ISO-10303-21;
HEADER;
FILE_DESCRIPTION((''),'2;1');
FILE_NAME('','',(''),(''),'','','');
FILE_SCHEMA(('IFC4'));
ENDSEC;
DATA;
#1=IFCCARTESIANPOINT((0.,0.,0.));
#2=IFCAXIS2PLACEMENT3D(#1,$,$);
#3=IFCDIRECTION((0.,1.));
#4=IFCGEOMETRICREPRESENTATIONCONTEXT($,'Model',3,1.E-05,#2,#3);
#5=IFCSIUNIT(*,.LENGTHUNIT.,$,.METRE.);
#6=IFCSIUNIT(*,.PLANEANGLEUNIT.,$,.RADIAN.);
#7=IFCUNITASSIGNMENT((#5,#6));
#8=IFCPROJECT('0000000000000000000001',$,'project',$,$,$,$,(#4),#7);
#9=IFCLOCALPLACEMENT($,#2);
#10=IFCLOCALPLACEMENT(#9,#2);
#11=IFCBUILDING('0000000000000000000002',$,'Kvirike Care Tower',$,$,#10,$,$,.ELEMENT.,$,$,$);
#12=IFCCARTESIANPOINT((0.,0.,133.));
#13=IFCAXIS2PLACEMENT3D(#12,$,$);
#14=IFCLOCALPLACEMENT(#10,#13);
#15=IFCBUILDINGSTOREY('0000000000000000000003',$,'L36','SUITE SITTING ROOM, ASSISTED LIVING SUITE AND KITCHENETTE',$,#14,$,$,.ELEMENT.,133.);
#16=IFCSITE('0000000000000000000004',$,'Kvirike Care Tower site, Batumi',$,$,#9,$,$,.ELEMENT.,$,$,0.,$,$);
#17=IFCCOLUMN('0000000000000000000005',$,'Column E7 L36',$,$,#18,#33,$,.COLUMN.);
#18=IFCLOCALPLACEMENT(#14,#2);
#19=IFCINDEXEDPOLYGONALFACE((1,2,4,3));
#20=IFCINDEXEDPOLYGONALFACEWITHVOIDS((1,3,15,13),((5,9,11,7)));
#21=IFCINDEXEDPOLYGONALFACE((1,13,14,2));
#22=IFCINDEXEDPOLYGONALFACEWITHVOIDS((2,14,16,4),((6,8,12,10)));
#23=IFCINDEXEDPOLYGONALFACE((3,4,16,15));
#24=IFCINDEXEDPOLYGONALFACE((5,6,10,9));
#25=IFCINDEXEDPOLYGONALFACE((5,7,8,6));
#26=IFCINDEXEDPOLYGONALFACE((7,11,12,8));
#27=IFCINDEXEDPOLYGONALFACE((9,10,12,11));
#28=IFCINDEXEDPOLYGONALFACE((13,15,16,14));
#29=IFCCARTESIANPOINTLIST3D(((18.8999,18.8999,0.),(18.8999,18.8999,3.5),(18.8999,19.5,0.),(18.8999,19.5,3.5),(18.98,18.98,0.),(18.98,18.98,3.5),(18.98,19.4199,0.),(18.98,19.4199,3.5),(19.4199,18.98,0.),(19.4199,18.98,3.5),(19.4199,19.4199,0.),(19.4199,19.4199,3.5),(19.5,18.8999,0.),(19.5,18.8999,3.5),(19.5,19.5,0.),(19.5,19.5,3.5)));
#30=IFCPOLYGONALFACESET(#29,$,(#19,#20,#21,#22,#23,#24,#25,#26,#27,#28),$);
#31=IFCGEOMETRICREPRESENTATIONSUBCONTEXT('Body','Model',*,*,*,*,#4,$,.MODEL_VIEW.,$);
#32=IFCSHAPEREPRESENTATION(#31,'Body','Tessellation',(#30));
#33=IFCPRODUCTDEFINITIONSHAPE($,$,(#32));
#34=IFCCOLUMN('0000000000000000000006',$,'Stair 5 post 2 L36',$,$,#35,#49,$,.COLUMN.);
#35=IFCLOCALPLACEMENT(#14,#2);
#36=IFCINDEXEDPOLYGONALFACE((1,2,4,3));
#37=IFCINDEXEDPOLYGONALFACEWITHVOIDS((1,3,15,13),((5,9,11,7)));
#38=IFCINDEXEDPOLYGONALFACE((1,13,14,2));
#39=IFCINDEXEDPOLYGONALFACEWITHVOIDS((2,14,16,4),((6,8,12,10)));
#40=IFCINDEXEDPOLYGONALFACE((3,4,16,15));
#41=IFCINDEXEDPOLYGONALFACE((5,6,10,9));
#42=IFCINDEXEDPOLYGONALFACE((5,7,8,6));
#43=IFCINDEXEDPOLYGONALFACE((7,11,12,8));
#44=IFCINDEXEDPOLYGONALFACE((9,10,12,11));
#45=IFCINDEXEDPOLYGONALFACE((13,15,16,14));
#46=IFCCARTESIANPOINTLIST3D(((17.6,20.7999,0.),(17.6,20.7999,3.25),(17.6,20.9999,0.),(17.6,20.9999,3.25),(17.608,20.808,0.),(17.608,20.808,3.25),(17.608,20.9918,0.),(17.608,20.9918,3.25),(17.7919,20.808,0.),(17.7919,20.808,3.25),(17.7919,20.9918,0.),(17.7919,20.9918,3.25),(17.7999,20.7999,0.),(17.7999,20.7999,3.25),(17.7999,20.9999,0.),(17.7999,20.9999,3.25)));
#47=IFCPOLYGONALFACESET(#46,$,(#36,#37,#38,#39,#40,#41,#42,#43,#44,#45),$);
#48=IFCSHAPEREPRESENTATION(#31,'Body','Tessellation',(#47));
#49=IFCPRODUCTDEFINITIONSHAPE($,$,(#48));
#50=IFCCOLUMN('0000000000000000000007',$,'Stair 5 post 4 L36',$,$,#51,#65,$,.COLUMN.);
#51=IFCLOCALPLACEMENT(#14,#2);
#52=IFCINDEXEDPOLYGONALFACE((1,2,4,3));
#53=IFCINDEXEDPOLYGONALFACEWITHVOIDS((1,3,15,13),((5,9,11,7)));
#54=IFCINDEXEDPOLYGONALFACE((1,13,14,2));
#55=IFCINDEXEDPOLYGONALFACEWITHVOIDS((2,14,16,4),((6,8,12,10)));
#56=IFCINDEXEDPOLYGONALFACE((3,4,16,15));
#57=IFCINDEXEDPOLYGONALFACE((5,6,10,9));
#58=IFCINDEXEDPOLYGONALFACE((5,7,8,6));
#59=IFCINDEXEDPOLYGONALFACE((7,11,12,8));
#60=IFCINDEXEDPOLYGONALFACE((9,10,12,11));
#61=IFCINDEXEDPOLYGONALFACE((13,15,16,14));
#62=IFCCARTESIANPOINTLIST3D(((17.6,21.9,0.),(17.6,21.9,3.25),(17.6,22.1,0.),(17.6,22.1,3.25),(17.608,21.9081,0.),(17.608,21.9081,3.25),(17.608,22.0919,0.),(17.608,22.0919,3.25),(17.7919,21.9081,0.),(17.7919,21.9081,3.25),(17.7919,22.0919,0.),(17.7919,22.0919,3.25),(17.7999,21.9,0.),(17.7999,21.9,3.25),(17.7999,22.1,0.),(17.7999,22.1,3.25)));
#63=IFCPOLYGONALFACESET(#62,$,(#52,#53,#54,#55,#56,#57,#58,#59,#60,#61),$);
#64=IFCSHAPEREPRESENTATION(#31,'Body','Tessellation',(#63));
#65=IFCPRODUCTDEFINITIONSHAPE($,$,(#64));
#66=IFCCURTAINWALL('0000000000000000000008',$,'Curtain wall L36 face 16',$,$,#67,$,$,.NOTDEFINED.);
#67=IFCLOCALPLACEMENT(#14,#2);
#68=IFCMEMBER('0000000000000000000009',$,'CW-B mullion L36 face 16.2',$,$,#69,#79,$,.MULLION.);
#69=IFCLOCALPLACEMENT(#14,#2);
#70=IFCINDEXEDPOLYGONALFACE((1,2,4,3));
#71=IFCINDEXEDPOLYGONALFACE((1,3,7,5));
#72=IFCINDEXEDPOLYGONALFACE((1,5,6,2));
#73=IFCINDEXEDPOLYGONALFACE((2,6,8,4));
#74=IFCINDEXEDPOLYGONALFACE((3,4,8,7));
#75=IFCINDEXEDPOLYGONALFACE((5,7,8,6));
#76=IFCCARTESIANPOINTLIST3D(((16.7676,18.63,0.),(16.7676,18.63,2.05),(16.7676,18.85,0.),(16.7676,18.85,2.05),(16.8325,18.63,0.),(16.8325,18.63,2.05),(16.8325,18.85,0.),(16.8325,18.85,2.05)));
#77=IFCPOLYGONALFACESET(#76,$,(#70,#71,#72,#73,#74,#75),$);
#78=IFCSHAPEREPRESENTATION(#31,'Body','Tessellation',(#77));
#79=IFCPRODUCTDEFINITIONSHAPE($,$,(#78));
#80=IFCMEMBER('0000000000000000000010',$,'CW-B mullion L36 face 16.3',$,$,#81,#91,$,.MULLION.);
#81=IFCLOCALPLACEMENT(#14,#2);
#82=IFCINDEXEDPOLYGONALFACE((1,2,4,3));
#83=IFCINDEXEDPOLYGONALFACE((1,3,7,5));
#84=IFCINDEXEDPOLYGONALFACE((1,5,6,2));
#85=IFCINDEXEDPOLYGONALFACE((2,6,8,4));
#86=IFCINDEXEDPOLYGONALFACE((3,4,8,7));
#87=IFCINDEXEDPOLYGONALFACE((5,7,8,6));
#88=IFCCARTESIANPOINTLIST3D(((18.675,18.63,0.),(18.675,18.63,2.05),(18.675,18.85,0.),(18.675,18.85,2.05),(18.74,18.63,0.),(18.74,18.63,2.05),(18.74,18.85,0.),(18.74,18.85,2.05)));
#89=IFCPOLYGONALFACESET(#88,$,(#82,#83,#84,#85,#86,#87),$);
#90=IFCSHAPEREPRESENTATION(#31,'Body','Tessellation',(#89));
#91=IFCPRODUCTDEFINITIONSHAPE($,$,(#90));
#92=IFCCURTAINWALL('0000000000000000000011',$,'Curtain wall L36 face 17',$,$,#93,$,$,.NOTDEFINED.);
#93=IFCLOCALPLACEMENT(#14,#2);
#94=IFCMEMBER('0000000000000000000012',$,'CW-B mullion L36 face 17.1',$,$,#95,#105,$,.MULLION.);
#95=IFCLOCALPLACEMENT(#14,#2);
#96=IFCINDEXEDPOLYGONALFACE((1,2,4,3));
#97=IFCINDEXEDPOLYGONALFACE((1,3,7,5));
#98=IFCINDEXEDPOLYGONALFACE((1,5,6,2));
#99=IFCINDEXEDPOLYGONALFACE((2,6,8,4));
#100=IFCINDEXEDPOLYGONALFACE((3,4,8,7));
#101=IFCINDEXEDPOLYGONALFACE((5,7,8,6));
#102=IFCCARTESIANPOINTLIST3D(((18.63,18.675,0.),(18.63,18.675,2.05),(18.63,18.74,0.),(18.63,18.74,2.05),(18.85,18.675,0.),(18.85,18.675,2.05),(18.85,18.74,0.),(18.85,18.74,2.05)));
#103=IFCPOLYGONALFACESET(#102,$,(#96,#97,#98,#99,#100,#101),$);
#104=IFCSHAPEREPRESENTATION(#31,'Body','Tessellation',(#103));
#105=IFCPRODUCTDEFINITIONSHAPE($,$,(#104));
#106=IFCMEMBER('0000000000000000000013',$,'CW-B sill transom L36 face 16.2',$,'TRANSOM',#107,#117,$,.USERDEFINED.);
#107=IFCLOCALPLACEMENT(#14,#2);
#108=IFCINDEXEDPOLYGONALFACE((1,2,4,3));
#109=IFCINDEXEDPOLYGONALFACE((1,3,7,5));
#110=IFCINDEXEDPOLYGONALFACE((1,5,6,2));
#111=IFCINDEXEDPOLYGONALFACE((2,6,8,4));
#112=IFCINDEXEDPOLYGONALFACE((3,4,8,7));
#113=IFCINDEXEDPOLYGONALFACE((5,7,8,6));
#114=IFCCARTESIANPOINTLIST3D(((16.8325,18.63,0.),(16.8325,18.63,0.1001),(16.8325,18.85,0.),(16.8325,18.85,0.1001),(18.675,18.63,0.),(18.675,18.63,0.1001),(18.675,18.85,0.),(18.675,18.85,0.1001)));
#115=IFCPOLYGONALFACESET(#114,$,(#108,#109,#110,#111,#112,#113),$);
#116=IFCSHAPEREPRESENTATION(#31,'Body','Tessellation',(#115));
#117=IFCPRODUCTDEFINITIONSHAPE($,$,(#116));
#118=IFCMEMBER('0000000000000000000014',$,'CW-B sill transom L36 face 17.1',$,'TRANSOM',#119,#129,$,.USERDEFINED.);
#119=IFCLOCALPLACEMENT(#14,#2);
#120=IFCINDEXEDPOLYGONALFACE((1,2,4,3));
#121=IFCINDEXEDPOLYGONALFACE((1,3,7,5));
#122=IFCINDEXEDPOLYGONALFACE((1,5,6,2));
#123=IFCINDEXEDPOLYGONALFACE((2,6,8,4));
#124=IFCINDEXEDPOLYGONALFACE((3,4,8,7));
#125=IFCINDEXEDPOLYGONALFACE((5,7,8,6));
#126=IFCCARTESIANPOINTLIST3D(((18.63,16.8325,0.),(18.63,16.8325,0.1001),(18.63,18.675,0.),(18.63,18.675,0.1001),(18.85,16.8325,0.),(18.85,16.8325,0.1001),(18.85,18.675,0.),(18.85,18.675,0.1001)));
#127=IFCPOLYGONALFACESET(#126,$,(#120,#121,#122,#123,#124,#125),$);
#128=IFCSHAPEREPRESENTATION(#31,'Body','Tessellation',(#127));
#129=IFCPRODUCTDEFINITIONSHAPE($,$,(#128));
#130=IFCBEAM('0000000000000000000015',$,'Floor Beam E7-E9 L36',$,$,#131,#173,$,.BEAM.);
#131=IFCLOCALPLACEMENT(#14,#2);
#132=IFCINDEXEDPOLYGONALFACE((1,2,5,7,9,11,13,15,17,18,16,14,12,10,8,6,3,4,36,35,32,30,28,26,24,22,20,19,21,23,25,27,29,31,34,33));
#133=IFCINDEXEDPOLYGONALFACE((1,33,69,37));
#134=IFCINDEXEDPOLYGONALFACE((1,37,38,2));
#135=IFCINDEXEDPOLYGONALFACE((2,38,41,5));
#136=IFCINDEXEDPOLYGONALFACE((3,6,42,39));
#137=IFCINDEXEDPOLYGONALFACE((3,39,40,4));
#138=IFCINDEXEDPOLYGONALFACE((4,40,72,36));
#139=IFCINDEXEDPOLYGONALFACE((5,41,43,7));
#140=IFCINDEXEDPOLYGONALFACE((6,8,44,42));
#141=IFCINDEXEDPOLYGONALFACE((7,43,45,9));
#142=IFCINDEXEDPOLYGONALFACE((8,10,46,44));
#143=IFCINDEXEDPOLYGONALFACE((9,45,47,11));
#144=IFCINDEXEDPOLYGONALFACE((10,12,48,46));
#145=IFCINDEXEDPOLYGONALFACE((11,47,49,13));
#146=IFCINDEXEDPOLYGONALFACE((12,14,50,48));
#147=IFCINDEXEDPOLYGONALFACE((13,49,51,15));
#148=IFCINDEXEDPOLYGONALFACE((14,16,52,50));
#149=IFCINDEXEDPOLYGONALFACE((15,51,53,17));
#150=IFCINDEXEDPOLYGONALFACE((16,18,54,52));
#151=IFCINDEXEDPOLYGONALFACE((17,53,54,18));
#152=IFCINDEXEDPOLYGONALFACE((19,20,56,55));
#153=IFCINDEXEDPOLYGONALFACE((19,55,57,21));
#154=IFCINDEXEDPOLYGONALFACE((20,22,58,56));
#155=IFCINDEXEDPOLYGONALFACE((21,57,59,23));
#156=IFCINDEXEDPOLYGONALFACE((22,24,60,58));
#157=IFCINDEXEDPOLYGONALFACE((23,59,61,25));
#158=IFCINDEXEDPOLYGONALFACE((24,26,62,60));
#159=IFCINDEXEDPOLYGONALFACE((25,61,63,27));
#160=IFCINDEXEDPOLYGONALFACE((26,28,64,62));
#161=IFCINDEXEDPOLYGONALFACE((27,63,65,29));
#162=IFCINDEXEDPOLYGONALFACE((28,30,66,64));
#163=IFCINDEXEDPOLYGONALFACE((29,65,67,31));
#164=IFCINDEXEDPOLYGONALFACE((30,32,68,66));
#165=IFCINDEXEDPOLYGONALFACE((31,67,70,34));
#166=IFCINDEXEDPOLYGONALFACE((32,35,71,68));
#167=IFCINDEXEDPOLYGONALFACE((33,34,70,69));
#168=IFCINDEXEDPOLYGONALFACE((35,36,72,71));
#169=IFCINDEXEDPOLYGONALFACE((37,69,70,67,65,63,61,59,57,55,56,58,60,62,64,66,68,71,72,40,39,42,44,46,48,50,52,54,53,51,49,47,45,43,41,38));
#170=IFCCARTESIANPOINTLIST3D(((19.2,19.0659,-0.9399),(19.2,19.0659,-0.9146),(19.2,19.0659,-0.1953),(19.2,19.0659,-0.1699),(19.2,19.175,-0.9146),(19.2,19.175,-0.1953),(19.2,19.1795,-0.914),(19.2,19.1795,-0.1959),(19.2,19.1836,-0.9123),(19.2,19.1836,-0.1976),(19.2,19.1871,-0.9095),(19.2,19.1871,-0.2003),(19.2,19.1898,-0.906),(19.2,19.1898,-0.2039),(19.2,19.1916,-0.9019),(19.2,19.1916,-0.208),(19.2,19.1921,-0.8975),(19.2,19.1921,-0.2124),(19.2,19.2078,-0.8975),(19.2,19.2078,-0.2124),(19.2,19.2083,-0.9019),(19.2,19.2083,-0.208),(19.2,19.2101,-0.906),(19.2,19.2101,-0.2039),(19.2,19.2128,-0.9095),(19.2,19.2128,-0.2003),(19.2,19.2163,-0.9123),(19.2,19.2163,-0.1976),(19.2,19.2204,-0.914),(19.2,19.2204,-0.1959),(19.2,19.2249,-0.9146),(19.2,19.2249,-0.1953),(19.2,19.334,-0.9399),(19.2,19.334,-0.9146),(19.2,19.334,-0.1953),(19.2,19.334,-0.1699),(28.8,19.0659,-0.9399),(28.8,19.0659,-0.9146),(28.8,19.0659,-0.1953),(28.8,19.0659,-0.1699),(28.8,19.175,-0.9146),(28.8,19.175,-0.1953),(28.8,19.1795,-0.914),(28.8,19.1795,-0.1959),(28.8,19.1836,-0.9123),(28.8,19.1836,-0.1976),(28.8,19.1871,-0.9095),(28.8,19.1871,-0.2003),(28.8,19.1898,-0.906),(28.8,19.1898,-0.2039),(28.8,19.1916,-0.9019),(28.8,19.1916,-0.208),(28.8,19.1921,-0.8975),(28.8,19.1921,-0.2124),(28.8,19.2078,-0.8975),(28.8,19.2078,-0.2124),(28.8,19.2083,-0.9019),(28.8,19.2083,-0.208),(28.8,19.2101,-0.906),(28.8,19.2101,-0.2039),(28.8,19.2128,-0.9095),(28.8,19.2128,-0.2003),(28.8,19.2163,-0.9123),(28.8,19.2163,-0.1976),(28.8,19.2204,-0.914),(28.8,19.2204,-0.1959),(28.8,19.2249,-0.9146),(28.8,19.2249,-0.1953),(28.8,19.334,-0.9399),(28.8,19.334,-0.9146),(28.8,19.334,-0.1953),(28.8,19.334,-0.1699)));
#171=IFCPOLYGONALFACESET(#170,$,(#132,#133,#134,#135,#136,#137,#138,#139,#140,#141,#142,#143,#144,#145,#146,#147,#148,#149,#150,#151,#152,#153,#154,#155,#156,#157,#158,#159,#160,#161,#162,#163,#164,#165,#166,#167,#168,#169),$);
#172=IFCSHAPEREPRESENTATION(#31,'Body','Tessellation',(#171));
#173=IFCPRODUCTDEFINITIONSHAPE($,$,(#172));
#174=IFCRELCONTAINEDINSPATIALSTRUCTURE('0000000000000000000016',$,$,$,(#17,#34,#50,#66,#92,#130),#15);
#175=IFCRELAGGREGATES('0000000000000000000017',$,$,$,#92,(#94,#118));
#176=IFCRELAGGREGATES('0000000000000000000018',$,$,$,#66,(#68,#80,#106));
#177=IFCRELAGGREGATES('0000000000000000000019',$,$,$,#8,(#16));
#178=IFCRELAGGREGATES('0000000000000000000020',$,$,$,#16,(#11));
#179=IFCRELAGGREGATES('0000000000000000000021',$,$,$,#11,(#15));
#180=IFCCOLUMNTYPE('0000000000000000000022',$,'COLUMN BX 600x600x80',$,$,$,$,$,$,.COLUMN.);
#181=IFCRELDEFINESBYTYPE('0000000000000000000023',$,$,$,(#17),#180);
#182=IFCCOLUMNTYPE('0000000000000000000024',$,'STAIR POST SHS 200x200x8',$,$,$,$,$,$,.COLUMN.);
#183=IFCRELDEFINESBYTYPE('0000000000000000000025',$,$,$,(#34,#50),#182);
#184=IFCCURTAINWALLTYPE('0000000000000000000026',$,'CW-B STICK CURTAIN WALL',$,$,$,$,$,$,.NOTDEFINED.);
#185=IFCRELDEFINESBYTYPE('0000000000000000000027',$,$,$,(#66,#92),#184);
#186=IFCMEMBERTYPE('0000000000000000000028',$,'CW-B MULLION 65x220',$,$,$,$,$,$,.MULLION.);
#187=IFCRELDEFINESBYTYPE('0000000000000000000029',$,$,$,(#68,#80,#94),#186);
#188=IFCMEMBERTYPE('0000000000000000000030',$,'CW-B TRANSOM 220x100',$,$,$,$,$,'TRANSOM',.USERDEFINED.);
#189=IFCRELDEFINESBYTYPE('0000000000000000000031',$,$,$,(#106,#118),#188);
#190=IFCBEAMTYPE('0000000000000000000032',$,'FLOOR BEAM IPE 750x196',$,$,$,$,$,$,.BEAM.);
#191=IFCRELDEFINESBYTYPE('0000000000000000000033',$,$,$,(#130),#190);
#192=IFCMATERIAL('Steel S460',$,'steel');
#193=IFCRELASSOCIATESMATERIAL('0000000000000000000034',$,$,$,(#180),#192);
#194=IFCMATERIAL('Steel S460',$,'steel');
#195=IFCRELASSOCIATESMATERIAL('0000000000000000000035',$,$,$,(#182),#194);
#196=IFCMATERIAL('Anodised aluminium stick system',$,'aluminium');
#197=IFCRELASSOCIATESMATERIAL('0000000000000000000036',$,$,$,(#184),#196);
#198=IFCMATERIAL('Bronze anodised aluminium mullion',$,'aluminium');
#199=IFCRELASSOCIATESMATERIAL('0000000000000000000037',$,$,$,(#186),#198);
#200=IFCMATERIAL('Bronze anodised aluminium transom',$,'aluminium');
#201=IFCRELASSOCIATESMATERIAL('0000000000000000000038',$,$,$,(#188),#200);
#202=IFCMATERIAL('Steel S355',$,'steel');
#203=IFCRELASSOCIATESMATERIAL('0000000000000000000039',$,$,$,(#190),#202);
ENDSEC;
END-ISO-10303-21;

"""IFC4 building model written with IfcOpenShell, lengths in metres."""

from ifc_helpers import new_model, si_unit, direction, frame, origin, origin_2d, place, context, subcontext, project, spatial, rectangle, hollow_rectangle, i_section, extrude, material, material_profile, profile_set, type_object, element, aggregate, save


model = new_model("IFC4")

# Units and contexts
model_context = context("Model", 3, precision=1e-05, world=origin(), true_north=direction((0.0, 1.0)))
body_context = subcontext(model_context, "Body", "Model", "MODEL_VIEW")
ifc_project = project(units=[si_unit("LENGTHUNIT", "METRE"), si_unit("PLANEANGLEUNIT", "RADIAN")], contexts=[model_context])

# Site, building, storey
site_placement = place(None, origin())
site = spatial("IfcSite", under=ifc_project, at=site_placement, Name="Kvirike Care Tower site, Batumi", CompositionType="ELEMENT", RefElevation=0.0)
building_placement = place(site_placement, origin())
building = spatial("IfcBuilding", under=site, at=building_placement, Name="Kvirike Care Tower", CompositionType="ELEMENT")
storey_placement = place(building_placement, frame((0.0, 0.0, 133.0)))
storey = spatial("IfcBuildingStorey", under=building, at=storey_placement, Name="L36", Description="SUITE SITTING ROOM, ASSISTED LIVING SUITE AND KITCHENETTE", CompositionType="ELEMENT", Elevation=133.0)

# Columns
ifc_material_1 = material(Name="Steel S460", Category="steel")
ifc_material_profile_1 = material_profile(ifc_material_1, hollow_rectangle(XDim=0.6001, YDim=0.6001, WallThickness=0.0801, at=origin_2d()), Name="BX 600x600x80")
ifc_profile_set_1 = profile_set([ifc_material_profile_1], Name="Steel S460")
column_type_1 = type_object("IfcColumnType", Name="COLUMN BX 600x600x80", PredefinedType="COLUMN", material=ifc_profile_set_1)
column_placement = place(storey_placement, frame((19.2, 19.2, 0.0), z_axis=(0.0, 0.0, 1.0), x_axis=(0.0, 1.0, 0.0)))
element("IfcColumn", 1, at=column_placement, inside=storey, type_object=column_type_1, Name="Column E7 L36", PredefinedType="COLUMN", context=body_context, shape_type="SweptSolid", body=[
    extrude(hollow_rectangle(XDim=0.6001, YDim=0.6001, WallThickness=0.0801, at=origin_2d()), origin(), (0.0, 0.0, 1.0), 3.5),
])
ifc_material_2 = material(Name="Steel S460", Category="steel")
ifc_material_profile_2 = material_profile(ifc_material_2, hollow_rectangle(XDim=0.2, YDim=0.2, WallThickness=0.0081, at=origin_2d()), Name="SHS 200x200x8")
ifc_profile_set_2 = profile_set([ifc_material_profile_2], Name="Steel S460")
column_type_2 = type_object("IfcColumnType", Name="STAIR POST SHS 200x200x8", PredefinedType="COLUMN", material=ifc_profile_set_2)
for number, where, z_axis, x_axis, name in (
    (2, (17.7, 20.8999, 0.0), (0.0, 0.0, 1.0), (1.0, 0.0, 0.0), "Stair 5 post 2 L36"),
    (3, (17.7, 22.0, 0.0), (0.0, 0.0, 1.0), (1.0, 0.0, 0.0), "Stair 5 post 4 L36"),
):
    element("IfcColumn", number, at=place(storey_placement, frame(where, z_axis=z_axis, x_axis=x_axis)), inside=storey, type_object=column_type_2, Name=name, PredefinedType="COLUMN", context=body_context, shape_type="SweptSolid", body=[
        extrude(hollow_rectangle(XDim=0.2, YDim=0.2, WallThickness=0.0081, at=origin_2d()), origin(), (0.0, 0.0, 1.0), 3.25),
    ])

# Curtain wall, members
ifc_material_3 = material(Name="Anodised aluminium stick system", Category="aluminium")
curtain_wall_type = type_object("IfcCurtainWallType", Name="CW-B STICK CURTAIN WALL", PredefinedType="NOTDEFINED", material=ifc_material_3)
curtain_wall_1_placement = place(storey_placement, origin())
curtain_wall_1 = element("IfcCurtainWall", 4, at=curtain_wall_1_placement, inside=storey, type_object=curtain_wall_type, Name="Curtain wall L36 face 16", PredefinedType="NOTDEFINED")
ifc_material_4 = material(Name="Bronze anodised aluminium mullion", Category="aluminium")
ifc_material_profile_3 = material_profile(ifc_material_4, rectangle(XDim=0.0649, YDim=0.22, at=origin_2d()), Name="CW-B MULLION 65x220")
ifc_profile_set_3 = profile_set([ifc_material_profile_3], Name="Bronze anodised aluminium mullion")
member_type_1 = type_object("IfcMemberType", Name="CW-B MULLION 65x220", PredefinedType="MULLION", material=ifc_profile_set_3)
member_1_placement = place(storey_placement, frame((16.8, 18.74, 0.0), z_axis=(0.0, 0.0, 1.0), x_axis=(1.0, 0.0, 0.0)))
member_1 = element("IfcMember", 5, at=member_1_placement, type_object=member_type_1, Name="CW-B mullion L36 face 16.2", PredefinedType="MULLION", context=body_context, shape_type="SweptSolid", body=[
    extrude(rectangle(XDim=0.0649, YDim=0.22, at=origin_2d()), origin(), (0.0, 0.0, 1.0), 2.05),
])
member_2_placement = place(storey_placement, frame((18.7075, 18.74, 0.0), z_axis=(0.0, 0.0, 1.0), x_axis=(1.0, 0.0, 0.0)))
member_2 = element("IfcMember", 6, at=member_2_placement, type_object=member_type_1, Name="CW-B mullion L36 face 16.3", PredefinedType="MULLION", context=body_context, shape_type="SweptSolid", body=[
    extrude(rectangle(XDim=0.0649, YDim=0.22, at=origin_2d()), origin(), (0.0, 0.0, 1.0), 2.05),
])

# Curtain wall, member
curtain_wall_2_placement = place(storey_placement, origin())
curtain_wall_2 = element("IfcCurtainWall", 7, at=curtain_wall_2_placement, inside=storey, type_object=curtain_wall_type, Name="Curtain wall L36 face 17", PredefinedType="NOTDEFINED")
member_3_placement = place(storey_placement, frame((18.74, 18.7075, 0.0), z_axis=(0.0, 0.0, 1.0), x_axis=(0.0, -1.0, 0.0)))
member_3 = element("IfcMember", 8, at=member_3_placement, type_object=member_type_1, Name="CW-B mullion L36 face 17.1", PredefinedType="MULLION", context=body_context, shape_type="SweptSolid", body=[
    extrude(rectangle(XDim=0.0649, YDim=0.22, at=origin_2d()), origin(), (0.0, 0.0, 1.0), 2.05),
])

# Members
ifc_material_5 = material(Name="Bronze anodised aluminium transom", Category="aluminium")
ifc_material_profile_4 = material_profile(ifc_material_5, rectangle(XDim=0.22, YDim=0.1001, at=origin_2d()), Name="CW-B TRANSOM 220x100")
ifc_profile_set_4 = profile_set([ifc_material_profile_4], Name="Bronze anodised aluminium transom")
member_type_2 = type_object("IfcMemberType", Name="CW-B TRANSOM 220x100", ElementType="TRANSOM", PredefinedType="USERDEFINED", material=ifc_profile_set_4)
member_4_placement = place(storey_placement, frame((16.8325, 18.74, 0.05), z_axis=(1.0, 0.0, 0.0), x_axis=(0.0, 1.0, 0.0)))
member_4 = element("IfcMember", 9, at=member_4_placement, type_object=member_type_2, Name="CW-B sill transom L36 face 16.2", ObjectType="TRANSOM", PredefinedType="USERDEFINED", context=body_context, shape_type="SweptSolid", body=[
    extrude(rectangle(XDim=0.22, YDim=0.1001, at=origin_2d()), origin(), (0.0, 0.0, 1.0), 1.8425),
])
member_5_placement = place(storey_placement, frame((18.74, 18.675, 0.05), z_axis=(0.0, -1.0, 0.0), x_axis=(1.0, 0.0, 0.0)))
member_5 = element("IfcMember", 10, at=member_5_placement, type_object=member_type_2, Name="CW-B sill transom L36 face 17.1", ObjectType="TRANSOM", PredefinedType="USERDEFINED", context=body_context, shape_type="SweptSolid", body=[
    extrude(rectangle(XDim=0.22, YDim=0.1001, at=origin_2d()), origin(), (0.0, 0.0, 1.0), 1.8425),
])
aggregate(curtain_wall_2, [member_3, member_5])

# Beam
ifc_material_6 = material(Name="Steel S355", Category="steel")
ifc_material_profile_5 = material_profile(ifc_material_6, i_section(OverallWidth=0.2681, OverallDepth=0.77, WebThickness=0.0156, FlangeThickness=0.0254, FilletRadius=0.0171, at=origin_2d()), Name="IPE 750x196")
ifc_profile_set_5 = profile_set([ifc_material_profile_5], Name="Steel S355")
beam_type = type_object("IfcBeamType", Name="FLOOR BEAM IPE 750x196", PredefinedType="BEAM", material=ifc_profile_set_5)
for number, where, z_axis, x_axis, name in (
    (11, (19.2, 19.2, -0.5549), (1.0, 0.0, 0.0), (0.0, 1.0, 0.0), "Floor Beam E7-E9 L36"),
):
    element("IfcBeam", number, at=place(storey_placement, frame(where, z_axis=z_axis, x_axis=x_axis)), inside=storey, type_object=beam_type, Name=name, PredefinedType="BEAM", context=body_context, shape_type="SweptSolid", body=[
        extrude(i_section(OverallWidth=0.2681, OverallDepth=0.77, WebThickness=0.0156, FlangeThickness=0.0254, FilletRadius=0.0171, at=origin_2d()), origin(), (0.0, 0.0, 1.0), 9.6001),
    ])

aggregate(curtain_wall_1, [member_1, member_2, member_4])

save(model, "model.ifc")
